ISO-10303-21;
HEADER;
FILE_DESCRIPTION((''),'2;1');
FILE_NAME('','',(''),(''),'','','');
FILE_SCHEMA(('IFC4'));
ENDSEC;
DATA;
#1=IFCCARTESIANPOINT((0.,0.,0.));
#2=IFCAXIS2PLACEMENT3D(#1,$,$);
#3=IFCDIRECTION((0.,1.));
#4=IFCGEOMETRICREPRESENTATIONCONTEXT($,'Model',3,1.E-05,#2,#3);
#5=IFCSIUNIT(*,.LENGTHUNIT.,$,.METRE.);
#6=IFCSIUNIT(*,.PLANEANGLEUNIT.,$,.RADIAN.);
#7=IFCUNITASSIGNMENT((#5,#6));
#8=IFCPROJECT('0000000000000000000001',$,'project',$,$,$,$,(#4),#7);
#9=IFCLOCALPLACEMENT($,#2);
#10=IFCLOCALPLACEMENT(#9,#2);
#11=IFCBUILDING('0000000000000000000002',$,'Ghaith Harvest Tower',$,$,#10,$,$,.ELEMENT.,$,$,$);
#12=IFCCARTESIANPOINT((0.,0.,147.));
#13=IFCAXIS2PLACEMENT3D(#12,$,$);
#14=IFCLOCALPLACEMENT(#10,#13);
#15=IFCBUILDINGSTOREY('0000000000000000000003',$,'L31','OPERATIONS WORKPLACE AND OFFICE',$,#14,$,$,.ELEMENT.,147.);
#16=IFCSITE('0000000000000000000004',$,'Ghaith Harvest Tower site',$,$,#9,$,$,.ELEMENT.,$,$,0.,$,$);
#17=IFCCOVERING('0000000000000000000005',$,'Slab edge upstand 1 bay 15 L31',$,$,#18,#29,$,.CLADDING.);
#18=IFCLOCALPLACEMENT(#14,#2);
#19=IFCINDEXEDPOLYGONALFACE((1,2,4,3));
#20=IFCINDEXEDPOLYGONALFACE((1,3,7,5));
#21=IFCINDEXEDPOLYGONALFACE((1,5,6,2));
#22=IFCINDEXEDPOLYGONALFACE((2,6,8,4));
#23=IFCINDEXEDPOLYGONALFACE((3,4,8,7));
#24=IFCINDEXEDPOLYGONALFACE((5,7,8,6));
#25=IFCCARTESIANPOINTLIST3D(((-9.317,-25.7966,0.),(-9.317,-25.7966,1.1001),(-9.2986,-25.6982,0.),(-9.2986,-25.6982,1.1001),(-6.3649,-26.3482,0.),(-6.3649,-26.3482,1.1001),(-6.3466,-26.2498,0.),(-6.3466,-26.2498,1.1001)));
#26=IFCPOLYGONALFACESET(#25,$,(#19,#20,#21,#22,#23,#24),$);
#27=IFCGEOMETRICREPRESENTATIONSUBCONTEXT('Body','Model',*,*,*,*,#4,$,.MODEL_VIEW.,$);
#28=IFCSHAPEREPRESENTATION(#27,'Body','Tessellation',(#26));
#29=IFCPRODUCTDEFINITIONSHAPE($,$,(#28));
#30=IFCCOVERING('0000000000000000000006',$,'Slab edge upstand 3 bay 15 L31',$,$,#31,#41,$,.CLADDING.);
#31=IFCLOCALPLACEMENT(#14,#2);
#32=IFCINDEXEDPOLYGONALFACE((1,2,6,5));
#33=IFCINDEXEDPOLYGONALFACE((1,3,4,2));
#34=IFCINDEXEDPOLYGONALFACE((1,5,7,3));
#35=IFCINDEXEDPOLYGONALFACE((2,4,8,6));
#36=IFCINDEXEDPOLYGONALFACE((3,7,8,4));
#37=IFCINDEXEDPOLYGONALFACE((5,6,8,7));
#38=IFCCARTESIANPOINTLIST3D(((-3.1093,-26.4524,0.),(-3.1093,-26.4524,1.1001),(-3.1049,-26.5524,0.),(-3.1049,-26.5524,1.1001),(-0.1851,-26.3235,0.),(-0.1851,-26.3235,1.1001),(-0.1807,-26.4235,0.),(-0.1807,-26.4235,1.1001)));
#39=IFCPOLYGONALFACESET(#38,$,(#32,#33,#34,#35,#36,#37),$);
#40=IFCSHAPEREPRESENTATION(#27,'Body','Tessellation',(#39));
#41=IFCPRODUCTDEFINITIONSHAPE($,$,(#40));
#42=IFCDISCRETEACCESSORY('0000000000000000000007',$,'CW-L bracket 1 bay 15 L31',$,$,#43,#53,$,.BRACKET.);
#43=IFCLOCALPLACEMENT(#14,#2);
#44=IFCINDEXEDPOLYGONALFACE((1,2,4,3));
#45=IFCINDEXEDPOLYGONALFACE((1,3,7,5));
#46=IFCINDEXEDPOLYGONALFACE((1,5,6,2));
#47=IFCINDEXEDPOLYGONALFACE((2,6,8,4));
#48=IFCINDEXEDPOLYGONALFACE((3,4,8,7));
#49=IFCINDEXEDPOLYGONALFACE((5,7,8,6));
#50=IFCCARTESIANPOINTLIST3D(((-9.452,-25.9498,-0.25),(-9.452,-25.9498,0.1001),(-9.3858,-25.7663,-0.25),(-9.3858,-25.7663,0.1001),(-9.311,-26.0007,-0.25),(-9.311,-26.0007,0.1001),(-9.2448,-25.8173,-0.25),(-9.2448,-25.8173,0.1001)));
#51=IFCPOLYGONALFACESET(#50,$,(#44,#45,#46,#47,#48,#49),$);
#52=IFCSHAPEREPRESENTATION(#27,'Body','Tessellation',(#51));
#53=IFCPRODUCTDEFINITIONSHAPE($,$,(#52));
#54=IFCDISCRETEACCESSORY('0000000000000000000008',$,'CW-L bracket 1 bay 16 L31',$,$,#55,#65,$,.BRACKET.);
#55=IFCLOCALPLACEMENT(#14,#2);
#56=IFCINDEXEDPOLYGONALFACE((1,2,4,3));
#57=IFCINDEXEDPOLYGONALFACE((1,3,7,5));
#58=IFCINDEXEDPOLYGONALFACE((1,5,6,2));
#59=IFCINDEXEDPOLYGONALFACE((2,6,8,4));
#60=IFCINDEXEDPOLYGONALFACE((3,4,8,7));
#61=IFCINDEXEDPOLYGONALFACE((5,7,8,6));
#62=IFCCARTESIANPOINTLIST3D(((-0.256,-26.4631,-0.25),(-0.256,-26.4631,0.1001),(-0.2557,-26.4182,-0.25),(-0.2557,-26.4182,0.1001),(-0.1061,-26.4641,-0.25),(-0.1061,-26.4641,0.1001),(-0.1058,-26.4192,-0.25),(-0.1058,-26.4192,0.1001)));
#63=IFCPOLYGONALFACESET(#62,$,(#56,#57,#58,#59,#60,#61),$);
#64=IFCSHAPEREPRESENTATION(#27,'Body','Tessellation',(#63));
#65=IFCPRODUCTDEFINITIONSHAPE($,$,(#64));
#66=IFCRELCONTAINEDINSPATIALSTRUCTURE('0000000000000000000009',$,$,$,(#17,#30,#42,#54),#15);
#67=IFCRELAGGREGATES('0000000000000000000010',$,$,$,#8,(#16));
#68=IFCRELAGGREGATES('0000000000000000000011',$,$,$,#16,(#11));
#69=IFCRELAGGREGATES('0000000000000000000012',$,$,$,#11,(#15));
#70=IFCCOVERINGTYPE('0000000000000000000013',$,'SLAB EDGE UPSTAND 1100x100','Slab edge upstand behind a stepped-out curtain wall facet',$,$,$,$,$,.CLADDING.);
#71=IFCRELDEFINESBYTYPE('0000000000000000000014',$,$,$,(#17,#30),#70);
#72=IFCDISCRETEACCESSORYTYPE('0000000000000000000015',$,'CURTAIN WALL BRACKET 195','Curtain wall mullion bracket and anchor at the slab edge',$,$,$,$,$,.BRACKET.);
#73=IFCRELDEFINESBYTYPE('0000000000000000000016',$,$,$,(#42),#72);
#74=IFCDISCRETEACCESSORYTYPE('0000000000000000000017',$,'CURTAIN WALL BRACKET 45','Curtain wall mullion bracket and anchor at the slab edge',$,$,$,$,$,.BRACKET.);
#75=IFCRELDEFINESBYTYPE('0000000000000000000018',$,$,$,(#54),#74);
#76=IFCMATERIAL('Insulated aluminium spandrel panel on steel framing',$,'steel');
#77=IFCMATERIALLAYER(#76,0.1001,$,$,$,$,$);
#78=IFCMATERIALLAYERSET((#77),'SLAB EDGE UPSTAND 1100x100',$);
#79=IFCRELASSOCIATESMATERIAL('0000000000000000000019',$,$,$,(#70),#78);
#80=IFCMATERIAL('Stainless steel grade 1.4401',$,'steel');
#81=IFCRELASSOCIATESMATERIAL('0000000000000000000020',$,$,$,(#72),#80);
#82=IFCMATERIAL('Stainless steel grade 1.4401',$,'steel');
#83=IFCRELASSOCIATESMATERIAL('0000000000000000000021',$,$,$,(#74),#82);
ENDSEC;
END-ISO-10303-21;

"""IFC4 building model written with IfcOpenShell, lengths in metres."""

from ifc_helpers import new_model, si_unit, direction, frame, origin, origin_2d, place, context, subcontext, project, spatial, rectangle, extrude, material, layer, layer_set, type_object, element, save


model = new_model("IFC4")

# Units and contexts
model_context = context("Model", 3, precision=1e-05, world=origin(), true_north=direction((0.0, 1.0)))
body_context = subcontext(model_context, "Body", "Model", "MODEL_VIEW")
ifc_project = project(units=[si_unit("LENGTHUNIT", "METRE"), si_unit("PLANEANGLEUNIT", "RADIAN")], contexts=[model_context])

# Site, building, storey
site_placement = place(None, origin())
site = spatial("IfcSite", under=ifc_project, at=site_placement, Name="Ghaith Harvest Tower site", CompositionType="ELEMENT", RefElevation=0.0)
building_placement = place(site_placement, origin())
building = spatial("IfcBuilding", under=site, at=building_placement, Name="Ghaith Harvest Tower", CompositionType="ELEMENT")
storey_placement = place(building_placement, frame((0.0, 0.0, 147.0)))
storey = spatial("IfcBuildingStorey", under=building, at=storey_placement, Name="L31", Description="OPERATIONS WORKPLACE AND OFFICE", CompositionType="ELEMENT", Elevation=147.0)

# Coverings
ifc_material_1 = material(Name="Insulated aluminium spandrel panel on steel framing", Category="steel")
ifc_layer_1 = layer(ifc_material_1, 0.1001)
ifc_layer_set_1 = layer_set([ifc_layer_1], Name="SLAB EDGE UPSTAND 1100x100")
covering_type = type_object("IfcCoveringType", Name="SLAB EDGE UPSTAND 1100x100", Description="Slab edge upstand behind a stepped-out curtain wall facet", PredefinedType="CLADDING", material=ifc_layer_set_1)
covering_1_placement = place(storey_placement, frame((-7.8318, -26.0232, 0.0), z_axis=(0.0, 0.0, 1.0), x_axis=(0.98299, -0.183659, 0.0)))
element("IfcCovering", 1, at=covering_1_placement, inside=storey, type_object=covering_type, Name="Slab edge upstand 1 bay 15 L31", PredefinedType="CLADDING", context=body_context, shape_type="SweptSolid", body=[
    extrude(rectangle(XDim=3.0032, YDim=0.1001, at=origin_2d()), origin(), (0.0, 0.0, 1.0), 1.1001),
])
covering_2_placement = place(storey_placement, frame((-1.645, -26.438, 0.0), z_axis=(0.0, 0.0, 1.0), x_axis=(0.99903, 0.044045, 0.0)))
element("IfcCovering", 2, at=covering_2_placement, inside=storey, type_object=covering_type, Name="Slab edge upstand 3 bay 15 L31", PredefinedType="CLADDING", context=body_context, shape_type="SweptSolid", body=[
    extrude(rectangle(XDim=2.927, YDim=0.1001, at=origin_2d()), origin(), (0.0, 0.0, 1.0), 1.1001),
])

# Discrete accessories
ifc_material_2 = material(Name="Stainless steel grade 1.4401", Category="steel")
discrete_accessory_type_1 = type_object("IfcDiscreteAccessoryType", Name="CURTAIN WALL BRACKET 195", Description="Curtain wall mullion bracket and anchor at the slab edge", PredefinedType="BRACKET", material=ifc_material_2)
discrete_accessory_1_placement = place(storey_placement, frame((-9.3484, -25.8835, -0.25), z_axis=(0.0, 0.0, 1.0), x_axis=(-0.339699, -0.940534, 0.0)))
element("IfcDiscreteAccessory", 3, at=discrete_accessory_1_placement, inside=storey, type_object=discrete_accessory_type_1, Name="CW-L bracket 1 bay 15 L31", PredefinedType="BRACKET", context=body_context, shape_type="SweptSolid", body=[
    extrude(rectangle(XDim=0.1951, YDim=0.1499, at=origin_2d()), origin(), (0.0, 0.0, 1.0), 0.3501),
])
ifc_material_3 = material(Name="Stainless steel grade 1.4401", Category="steel")
discrete_accessory_type_2 = type_object("IfcDiscreteAccessoryType", Name="CURTAIN WALL BRACKET 45", Description="Curtain wall mullion bracket and anchor at the slab edge", PredefinedType="BRACKET", material=ifc_material_3)
discrete_accessory_2_placement = place(storey_placement, frame((-0.1809, -26.4412, -0.25), z_axis=(0.0, 0.0, 1.0), x_axis=(-0.006844, -0.999977, 0.0)))
element("IfcDiscreteAccessory", 4, at=discrete_accessory_2_placement, inside=storey, type_object=discrete_accessory_type_2, Name="CW-L bracket 1 bay 16 L31", PredefinedType="BRACKET", context=body_context, shape_type="SweptSolid", body=[
    extrude(rectangle(XDim=0.0449, YDim=0.1499, at=origin_2d()), origin(), (0.0, 0.0, 1.0), 0.3501),
])

save(model, "model.ifc")
